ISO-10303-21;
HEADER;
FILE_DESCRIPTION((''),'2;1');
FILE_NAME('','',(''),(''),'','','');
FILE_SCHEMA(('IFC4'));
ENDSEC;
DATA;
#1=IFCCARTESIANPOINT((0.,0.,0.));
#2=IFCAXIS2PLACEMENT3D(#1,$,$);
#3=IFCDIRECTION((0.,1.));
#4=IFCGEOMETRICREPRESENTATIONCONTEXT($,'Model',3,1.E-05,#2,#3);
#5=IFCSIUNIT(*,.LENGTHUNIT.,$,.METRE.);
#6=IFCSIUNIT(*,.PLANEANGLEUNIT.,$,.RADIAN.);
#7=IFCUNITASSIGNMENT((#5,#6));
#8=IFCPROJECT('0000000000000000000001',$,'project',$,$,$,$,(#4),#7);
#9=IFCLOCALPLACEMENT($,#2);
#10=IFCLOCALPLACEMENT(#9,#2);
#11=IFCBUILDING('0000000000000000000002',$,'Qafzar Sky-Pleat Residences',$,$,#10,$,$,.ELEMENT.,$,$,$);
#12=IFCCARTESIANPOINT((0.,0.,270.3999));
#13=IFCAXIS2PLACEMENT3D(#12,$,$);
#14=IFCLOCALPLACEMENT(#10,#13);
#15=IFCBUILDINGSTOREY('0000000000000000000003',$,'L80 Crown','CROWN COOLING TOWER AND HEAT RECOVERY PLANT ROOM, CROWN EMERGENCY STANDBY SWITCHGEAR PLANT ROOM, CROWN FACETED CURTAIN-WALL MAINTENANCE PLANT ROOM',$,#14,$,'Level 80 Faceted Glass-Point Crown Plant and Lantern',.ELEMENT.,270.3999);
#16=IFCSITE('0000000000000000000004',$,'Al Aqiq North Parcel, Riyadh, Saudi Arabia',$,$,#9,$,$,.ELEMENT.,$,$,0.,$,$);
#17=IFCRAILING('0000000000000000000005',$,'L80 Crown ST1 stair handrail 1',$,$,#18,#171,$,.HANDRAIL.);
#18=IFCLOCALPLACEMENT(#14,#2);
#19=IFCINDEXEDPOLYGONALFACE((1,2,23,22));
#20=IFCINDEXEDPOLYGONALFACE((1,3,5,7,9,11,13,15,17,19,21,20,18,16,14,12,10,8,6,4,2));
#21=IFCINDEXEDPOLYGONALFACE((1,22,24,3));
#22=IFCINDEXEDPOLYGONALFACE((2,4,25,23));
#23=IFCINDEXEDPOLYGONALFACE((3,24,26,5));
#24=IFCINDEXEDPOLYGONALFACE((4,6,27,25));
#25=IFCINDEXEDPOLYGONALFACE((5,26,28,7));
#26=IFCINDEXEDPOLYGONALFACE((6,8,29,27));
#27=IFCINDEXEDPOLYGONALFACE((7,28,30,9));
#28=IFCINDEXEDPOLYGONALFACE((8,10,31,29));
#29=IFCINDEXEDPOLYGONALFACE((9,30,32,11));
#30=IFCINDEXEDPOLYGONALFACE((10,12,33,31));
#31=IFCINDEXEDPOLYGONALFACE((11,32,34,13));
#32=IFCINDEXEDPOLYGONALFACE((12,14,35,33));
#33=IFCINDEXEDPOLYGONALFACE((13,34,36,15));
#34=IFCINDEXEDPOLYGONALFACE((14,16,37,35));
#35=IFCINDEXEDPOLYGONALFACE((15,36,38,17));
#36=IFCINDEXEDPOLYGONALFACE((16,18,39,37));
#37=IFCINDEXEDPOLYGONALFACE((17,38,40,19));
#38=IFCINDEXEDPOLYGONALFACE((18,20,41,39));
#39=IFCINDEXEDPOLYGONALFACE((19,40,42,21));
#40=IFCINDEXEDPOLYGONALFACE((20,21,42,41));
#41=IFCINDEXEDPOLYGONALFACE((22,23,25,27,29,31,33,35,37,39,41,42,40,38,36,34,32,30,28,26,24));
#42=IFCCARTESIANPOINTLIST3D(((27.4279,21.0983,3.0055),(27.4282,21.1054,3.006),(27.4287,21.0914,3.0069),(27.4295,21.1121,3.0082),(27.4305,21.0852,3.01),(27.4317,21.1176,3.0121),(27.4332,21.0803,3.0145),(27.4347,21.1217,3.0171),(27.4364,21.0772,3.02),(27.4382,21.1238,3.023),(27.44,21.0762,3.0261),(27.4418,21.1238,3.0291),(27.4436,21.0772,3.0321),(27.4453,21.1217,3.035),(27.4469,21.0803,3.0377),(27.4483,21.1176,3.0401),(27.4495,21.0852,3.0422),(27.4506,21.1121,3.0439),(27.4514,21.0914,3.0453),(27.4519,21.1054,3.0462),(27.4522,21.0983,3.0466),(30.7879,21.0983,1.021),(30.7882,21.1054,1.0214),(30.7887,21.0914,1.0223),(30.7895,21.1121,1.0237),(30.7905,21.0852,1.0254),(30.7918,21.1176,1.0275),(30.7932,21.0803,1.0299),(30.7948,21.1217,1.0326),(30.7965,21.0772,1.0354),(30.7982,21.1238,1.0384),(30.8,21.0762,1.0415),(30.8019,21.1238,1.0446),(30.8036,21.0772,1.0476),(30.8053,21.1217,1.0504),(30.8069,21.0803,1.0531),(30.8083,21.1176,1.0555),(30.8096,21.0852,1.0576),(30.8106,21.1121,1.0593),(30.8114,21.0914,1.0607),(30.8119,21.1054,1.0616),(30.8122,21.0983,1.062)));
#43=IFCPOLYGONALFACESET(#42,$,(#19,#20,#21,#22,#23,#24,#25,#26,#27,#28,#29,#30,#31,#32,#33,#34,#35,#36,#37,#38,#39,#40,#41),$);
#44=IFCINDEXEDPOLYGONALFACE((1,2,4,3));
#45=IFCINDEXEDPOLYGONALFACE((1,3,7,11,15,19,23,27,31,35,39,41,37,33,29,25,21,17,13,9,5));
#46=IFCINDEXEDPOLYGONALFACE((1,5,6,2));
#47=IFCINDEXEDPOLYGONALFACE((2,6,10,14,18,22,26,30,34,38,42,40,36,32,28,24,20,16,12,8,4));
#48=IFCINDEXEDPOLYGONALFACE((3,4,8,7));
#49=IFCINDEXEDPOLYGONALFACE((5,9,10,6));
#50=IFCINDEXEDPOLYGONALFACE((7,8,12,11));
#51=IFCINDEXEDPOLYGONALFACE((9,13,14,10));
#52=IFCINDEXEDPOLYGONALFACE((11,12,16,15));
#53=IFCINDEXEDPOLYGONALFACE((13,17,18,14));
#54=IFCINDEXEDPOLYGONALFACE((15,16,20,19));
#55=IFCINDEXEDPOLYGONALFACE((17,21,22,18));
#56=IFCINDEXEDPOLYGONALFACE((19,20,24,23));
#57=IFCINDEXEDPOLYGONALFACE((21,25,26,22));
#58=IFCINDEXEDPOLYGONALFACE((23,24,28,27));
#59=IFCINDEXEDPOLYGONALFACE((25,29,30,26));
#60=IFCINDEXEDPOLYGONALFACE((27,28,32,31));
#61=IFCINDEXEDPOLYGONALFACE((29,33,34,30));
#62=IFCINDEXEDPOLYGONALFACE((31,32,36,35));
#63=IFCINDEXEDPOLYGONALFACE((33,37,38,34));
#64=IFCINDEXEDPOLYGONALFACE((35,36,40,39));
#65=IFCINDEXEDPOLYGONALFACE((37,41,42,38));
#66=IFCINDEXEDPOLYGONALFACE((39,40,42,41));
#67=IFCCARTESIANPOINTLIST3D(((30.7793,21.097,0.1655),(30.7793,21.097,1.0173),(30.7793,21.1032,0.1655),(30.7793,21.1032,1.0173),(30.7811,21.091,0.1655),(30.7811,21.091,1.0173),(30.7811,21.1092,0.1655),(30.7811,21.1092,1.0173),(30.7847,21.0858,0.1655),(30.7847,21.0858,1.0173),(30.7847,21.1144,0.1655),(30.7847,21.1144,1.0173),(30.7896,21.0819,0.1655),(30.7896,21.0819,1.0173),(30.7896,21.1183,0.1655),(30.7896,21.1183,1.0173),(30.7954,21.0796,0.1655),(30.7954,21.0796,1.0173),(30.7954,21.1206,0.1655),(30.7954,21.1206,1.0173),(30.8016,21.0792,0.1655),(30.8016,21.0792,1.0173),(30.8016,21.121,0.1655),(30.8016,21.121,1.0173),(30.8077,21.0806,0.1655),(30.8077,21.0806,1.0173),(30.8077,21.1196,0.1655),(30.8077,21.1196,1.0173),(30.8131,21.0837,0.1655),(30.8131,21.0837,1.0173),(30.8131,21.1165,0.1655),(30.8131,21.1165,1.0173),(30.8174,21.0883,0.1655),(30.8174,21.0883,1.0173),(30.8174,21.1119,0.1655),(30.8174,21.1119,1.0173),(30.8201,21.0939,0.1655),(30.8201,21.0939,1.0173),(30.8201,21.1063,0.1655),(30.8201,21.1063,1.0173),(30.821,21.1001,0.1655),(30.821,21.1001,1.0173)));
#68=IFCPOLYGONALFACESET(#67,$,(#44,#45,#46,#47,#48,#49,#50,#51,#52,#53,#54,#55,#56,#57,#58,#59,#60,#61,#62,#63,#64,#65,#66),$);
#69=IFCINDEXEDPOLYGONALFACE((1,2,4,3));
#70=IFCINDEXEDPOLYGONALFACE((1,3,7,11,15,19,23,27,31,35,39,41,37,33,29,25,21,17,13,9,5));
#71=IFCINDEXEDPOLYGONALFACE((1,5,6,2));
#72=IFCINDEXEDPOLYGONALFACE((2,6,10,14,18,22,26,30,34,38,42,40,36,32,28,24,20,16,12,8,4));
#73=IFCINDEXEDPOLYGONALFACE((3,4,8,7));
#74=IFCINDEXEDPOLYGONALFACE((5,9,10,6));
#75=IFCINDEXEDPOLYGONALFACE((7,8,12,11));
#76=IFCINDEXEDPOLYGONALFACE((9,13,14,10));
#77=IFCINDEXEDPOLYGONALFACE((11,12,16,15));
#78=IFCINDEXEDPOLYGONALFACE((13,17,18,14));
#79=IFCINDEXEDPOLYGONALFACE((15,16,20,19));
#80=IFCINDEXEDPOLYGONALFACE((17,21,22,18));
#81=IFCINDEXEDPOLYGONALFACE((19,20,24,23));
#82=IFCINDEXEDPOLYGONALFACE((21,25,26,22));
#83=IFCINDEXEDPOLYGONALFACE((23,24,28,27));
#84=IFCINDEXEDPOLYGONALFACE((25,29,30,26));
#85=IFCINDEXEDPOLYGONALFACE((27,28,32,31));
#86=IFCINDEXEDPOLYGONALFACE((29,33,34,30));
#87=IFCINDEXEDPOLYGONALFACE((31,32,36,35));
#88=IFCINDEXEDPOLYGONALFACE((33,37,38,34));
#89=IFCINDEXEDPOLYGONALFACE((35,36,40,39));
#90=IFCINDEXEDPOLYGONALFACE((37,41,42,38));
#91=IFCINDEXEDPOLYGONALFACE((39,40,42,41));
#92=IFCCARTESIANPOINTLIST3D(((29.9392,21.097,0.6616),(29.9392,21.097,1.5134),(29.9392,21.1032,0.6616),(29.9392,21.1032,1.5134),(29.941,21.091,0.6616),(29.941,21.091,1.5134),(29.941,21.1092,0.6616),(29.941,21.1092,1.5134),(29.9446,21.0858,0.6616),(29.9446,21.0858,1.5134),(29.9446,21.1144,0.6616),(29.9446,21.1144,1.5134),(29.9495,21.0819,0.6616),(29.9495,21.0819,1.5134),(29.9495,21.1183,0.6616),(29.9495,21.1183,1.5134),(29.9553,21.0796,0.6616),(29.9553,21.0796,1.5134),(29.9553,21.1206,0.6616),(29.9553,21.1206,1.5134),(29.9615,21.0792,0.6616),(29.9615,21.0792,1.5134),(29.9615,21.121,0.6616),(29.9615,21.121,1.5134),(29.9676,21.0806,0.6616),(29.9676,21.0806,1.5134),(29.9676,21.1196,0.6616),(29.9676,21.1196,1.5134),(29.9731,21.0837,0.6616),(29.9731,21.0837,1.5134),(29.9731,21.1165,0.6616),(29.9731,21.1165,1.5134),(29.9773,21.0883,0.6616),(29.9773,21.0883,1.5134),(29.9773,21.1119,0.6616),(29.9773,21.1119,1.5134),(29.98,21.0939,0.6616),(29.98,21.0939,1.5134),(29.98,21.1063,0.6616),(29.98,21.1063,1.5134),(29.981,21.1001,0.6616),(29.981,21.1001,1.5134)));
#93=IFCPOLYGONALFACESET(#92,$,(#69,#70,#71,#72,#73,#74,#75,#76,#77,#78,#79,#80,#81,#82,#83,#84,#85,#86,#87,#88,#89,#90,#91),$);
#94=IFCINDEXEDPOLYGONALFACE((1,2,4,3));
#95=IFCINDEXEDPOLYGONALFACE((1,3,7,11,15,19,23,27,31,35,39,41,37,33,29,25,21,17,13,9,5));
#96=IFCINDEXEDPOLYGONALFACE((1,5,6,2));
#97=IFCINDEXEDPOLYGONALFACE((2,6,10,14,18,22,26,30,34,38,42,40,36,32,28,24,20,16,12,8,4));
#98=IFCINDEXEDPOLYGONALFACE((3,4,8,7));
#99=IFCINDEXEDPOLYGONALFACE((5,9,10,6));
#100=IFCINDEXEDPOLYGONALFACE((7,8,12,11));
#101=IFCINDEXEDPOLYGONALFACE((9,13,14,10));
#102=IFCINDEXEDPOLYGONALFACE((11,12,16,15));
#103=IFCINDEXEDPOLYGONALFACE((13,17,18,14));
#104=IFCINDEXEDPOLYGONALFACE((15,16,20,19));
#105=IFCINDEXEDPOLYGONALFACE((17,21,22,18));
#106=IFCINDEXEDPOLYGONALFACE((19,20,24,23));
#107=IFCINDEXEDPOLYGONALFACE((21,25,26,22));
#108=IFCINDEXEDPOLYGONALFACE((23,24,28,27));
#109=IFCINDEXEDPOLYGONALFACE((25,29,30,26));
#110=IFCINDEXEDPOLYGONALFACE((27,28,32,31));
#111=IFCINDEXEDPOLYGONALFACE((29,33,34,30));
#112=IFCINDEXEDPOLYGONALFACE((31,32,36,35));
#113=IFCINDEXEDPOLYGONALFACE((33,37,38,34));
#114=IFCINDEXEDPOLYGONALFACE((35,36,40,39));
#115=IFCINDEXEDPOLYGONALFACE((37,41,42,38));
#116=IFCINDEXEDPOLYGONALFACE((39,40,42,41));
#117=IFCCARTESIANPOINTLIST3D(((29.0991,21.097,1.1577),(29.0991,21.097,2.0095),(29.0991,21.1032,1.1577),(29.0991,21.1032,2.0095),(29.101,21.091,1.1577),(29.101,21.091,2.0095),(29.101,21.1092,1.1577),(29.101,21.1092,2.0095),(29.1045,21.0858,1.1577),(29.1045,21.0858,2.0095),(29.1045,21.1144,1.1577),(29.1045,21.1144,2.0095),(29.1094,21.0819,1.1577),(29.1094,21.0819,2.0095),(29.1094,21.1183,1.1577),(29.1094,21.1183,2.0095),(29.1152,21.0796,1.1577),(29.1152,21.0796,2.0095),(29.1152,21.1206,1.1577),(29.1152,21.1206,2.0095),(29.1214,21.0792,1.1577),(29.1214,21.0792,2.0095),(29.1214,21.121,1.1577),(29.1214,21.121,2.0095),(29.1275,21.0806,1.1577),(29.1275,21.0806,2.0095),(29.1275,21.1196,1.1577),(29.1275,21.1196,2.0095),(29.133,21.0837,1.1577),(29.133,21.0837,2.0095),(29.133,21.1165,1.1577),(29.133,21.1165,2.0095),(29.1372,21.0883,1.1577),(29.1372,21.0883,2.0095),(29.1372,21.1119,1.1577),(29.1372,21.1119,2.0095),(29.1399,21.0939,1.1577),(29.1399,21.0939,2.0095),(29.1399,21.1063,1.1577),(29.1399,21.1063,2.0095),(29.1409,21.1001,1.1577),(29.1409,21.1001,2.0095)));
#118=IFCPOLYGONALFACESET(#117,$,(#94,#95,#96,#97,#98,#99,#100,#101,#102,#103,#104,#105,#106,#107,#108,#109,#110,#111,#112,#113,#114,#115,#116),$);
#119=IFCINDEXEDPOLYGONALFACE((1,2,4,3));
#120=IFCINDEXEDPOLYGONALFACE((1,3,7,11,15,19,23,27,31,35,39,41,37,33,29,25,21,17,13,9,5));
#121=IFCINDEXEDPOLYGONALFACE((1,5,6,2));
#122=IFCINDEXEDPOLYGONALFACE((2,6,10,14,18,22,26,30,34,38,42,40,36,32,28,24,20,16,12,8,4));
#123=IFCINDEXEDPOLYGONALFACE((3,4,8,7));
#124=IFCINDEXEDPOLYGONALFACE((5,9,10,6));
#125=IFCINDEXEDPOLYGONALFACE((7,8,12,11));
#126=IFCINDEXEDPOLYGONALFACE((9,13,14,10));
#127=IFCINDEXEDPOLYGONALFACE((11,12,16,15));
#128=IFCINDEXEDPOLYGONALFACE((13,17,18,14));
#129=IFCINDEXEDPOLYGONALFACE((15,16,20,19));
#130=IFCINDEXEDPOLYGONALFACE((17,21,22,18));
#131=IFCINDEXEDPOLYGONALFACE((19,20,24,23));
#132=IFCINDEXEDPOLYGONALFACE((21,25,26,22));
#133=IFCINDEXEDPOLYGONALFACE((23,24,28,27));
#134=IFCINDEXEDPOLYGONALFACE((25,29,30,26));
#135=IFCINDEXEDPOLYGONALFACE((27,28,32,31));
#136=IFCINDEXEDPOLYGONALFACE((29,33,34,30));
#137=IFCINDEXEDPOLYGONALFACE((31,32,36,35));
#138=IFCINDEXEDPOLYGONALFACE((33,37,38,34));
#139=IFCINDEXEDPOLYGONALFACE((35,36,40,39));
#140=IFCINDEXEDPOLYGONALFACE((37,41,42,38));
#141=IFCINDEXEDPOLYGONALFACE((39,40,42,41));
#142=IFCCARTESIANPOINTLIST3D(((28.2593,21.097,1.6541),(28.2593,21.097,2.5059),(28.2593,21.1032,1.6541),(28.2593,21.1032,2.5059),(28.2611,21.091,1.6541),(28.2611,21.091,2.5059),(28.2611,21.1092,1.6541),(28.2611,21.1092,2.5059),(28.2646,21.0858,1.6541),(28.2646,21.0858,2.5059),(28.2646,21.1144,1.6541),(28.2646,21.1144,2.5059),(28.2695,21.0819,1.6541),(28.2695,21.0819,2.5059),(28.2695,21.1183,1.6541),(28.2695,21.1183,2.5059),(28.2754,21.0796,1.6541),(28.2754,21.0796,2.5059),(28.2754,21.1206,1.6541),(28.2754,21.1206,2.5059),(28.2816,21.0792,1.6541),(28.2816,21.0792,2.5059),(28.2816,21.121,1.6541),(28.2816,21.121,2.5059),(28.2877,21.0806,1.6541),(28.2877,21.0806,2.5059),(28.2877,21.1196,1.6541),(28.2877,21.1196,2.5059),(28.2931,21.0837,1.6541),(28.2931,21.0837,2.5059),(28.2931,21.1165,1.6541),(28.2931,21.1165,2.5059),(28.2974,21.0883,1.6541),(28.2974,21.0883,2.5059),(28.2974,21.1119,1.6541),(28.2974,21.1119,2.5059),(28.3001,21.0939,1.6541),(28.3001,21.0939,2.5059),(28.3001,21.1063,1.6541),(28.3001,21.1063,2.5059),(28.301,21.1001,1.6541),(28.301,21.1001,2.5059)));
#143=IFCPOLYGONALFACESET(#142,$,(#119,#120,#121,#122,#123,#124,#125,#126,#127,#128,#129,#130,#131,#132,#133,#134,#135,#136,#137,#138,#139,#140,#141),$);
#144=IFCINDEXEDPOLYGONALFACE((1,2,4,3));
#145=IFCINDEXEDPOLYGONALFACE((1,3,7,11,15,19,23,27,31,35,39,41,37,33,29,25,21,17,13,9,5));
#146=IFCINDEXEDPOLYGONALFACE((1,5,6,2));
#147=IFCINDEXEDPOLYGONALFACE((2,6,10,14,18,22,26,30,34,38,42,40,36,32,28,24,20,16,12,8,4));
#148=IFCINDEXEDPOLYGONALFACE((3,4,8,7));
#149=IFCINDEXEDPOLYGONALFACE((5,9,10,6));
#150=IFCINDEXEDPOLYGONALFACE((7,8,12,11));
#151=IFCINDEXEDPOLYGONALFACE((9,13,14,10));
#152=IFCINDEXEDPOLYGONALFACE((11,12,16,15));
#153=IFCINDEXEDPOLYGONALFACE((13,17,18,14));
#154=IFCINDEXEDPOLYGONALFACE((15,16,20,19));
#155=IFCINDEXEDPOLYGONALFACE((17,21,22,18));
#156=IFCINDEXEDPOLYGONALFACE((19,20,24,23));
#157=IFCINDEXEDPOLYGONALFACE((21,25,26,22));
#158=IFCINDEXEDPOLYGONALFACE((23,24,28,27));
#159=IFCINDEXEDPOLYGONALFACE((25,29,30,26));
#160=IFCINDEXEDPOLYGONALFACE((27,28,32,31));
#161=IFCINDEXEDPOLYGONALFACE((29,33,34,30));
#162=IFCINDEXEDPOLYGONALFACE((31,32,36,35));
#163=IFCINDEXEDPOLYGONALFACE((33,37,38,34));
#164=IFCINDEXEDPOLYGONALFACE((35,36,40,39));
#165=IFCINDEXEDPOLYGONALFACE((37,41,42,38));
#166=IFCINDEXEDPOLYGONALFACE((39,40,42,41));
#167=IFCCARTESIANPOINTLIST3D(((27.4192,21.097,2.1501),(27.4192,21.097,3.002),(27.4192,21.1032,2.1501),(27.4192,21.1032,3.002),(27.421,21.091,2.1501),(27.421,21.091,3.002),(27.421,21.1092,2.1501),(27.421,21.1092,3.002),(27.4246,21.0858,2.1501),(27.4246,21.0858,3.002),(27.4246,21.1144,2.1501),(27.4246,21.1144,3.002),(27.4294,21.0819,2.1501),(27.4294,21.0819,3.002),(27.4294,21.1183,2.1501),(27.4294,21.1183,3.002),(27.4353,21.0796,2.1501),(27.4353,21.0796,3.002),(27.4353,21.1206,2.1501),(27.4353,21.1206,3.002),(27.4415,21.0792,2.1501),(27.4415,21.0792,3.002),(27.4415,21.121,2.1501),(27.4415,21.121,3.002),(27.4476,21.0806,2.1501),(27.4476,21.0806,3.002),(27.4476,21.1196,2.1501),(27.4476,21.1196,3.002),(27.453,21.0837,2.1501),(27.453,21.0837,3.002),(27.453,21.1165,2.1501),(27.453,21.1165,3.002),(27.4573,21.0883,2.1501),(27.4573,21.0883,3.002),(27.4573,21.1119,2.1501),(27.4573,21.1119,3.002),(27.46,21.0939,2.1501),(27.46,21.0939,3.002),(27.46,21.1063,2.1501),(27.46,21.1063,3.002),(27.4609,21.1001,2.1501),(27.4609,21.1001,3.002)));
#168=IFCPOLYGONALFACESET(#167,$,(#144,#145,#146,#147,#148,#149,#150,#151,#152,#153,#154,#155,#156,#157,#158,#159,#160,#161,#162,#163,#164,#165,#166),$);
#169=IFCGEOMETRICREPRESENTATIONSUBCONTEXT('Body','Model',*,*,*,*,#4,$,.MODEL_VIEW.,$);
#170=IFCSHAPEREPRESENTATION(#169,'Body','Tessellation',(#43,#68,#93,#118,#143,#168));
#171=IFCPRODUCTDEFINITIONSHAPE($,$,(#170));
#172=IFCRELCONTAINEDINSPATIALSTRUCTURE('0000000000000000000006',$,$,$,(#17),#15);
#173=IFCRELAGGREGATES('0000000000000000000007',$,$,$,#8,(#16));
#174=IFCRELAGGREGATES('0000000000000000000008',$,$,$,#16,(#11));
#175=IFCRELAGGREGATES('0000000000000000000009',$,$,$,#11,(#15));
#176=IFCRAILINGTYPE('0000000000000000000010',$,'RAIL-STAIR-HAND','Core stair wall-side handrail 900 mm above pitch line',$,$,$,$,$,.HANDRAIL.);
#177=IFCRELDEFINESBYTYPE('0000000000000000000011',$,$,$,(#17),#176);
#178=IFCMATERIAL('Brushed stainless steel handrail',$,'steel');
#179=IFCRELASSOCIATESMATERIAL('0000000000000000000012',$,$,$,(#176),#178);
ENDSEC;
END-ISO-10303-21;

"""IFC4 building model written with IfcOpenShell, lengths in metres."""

from ifc_helpers import new_model, si_unit, direction, frame, origin, origin_2d, place, context, subcontext, project, spatial, circle, extrude, source, transform, mapped, material, type_object, element, save


model = new_model("IFC4")

# Units and contexts
model_context = context("Model", 3, precision=1e-05, world=origin(), true_north=direction((0.0, 1.0)))
body_context = subcontext(model_context, "Body", "Model", "MODEL_VIEW")
ifc_project = project(units=[si_unit("LENGTHUNIT", "METRE"), si_unit("PLANEANGLEUNIT", "RADIAN")], contexts=[model_context])

# Site, building, storey
site_placement = place(None, origin())
site = spatial("IfcSite", under=ifc_project, at=site_placement, Name="Al Aqiq North Parcel, Riyadh, Saudi Arabia", CompositionType="ELEMENT", RefElevation=0.0)
building_placement = place(site_placement, origin())
building = spatial("IfcBuilding", under=site, at=building_placement, Name="Qafzar Sky-Pleat Residences", CompositionType="ELEMENT")
storey_placement = place(building_placement, frame((0.0, 0.0, 270.3999)))
storey = spatial("IfcBuildingStorey", under=building, at=storey_placement, Name="L80 Crown", Description="CROWN COOLING TOWER AND HEAT RECOVERY PLANT ROOM, CROWN EMERGENCY STANDBY SWITCHGEAR PLANT ROOM, CROWN FACETED CURTAIN-WALL MAINTENANCE PLANT ROOM", LongName="Level 80 Faceted Glass-Point Crown Plant and Lantern", CompositionType="ELEMENT", Elevation=270.3999)

# Railing
ifc_material_1 = material(Name="Brushed stainless steel handrail", Category="steel")
railing_type_1 = type_object("IfcRailingType", Name="RAIL-STAIR-HAND", Description="Core stair wall-side handrail 900 mm above pitch line", PredefinedType="HANDRAIL", material=ifc_material_1)
shared_shape_1 = source(origin(), body_context, "Body", "SweptSolid", [
    extrude(circle(Radius=0.0239, at=origin_2d()), frame((0.0, 0.0, 0.876), z_axis=(-0.861027, 0.0, 0.508559), x_axis=(0.0, -1.0, 0.0)), (0.0, 0.0, 1.0), 3.9023),
    extrude(circle(Radius=0.021, at=origin_2d()), origin(), (0.0, 0.0, 1.0), 0.8518),
    extrude(circle(Radius=0.021, at=origin_2d()), frame((-0.8401, 0.0, 0.4961)), (0.0, 0.0, 1.0), 0.8518),
    extrude(circle(Radius=0.021, at=origin_2d()), frame((-1.6802, 0.0, 0.9922)), (0.0, 0.0, 1.0), 0.8518),
    extrude(circle(Radius=0.021, at=origin_2d()), frame((-2.52, 0.0, 1.4885)), (0.0, 0.0, 1.0), 0.8518),
    extrude(circle(Radius=0.021, at=origin_2d()), frame((-3.3601, 0.0, 1.9846)), (0.0, 0.0, 1.0), 0.8518),
])
railing_1_placement = place(storey_placement, frame((30.8, 21.1001, 0.1655)))
element("IfcRailing", 1, at=railing_1_placement, inside=storey, type_object=railing_type_1, Name="L80 Crown ST1 stair handrail 1", PredefinedType="HANDRAIL", context=body_context, shape_type="MappedRepresentation", body=[
    mapped(shared_shape_1, transform((0.0, 0.0, 0.0), x_axis=(1.0, 0.0, 0.0), y_axis=(0.0, 1.0, 0.0), z_axis=(0.0, 0.0, 1.0), scale=1.0)),
])

save(model, "model.ifc")
